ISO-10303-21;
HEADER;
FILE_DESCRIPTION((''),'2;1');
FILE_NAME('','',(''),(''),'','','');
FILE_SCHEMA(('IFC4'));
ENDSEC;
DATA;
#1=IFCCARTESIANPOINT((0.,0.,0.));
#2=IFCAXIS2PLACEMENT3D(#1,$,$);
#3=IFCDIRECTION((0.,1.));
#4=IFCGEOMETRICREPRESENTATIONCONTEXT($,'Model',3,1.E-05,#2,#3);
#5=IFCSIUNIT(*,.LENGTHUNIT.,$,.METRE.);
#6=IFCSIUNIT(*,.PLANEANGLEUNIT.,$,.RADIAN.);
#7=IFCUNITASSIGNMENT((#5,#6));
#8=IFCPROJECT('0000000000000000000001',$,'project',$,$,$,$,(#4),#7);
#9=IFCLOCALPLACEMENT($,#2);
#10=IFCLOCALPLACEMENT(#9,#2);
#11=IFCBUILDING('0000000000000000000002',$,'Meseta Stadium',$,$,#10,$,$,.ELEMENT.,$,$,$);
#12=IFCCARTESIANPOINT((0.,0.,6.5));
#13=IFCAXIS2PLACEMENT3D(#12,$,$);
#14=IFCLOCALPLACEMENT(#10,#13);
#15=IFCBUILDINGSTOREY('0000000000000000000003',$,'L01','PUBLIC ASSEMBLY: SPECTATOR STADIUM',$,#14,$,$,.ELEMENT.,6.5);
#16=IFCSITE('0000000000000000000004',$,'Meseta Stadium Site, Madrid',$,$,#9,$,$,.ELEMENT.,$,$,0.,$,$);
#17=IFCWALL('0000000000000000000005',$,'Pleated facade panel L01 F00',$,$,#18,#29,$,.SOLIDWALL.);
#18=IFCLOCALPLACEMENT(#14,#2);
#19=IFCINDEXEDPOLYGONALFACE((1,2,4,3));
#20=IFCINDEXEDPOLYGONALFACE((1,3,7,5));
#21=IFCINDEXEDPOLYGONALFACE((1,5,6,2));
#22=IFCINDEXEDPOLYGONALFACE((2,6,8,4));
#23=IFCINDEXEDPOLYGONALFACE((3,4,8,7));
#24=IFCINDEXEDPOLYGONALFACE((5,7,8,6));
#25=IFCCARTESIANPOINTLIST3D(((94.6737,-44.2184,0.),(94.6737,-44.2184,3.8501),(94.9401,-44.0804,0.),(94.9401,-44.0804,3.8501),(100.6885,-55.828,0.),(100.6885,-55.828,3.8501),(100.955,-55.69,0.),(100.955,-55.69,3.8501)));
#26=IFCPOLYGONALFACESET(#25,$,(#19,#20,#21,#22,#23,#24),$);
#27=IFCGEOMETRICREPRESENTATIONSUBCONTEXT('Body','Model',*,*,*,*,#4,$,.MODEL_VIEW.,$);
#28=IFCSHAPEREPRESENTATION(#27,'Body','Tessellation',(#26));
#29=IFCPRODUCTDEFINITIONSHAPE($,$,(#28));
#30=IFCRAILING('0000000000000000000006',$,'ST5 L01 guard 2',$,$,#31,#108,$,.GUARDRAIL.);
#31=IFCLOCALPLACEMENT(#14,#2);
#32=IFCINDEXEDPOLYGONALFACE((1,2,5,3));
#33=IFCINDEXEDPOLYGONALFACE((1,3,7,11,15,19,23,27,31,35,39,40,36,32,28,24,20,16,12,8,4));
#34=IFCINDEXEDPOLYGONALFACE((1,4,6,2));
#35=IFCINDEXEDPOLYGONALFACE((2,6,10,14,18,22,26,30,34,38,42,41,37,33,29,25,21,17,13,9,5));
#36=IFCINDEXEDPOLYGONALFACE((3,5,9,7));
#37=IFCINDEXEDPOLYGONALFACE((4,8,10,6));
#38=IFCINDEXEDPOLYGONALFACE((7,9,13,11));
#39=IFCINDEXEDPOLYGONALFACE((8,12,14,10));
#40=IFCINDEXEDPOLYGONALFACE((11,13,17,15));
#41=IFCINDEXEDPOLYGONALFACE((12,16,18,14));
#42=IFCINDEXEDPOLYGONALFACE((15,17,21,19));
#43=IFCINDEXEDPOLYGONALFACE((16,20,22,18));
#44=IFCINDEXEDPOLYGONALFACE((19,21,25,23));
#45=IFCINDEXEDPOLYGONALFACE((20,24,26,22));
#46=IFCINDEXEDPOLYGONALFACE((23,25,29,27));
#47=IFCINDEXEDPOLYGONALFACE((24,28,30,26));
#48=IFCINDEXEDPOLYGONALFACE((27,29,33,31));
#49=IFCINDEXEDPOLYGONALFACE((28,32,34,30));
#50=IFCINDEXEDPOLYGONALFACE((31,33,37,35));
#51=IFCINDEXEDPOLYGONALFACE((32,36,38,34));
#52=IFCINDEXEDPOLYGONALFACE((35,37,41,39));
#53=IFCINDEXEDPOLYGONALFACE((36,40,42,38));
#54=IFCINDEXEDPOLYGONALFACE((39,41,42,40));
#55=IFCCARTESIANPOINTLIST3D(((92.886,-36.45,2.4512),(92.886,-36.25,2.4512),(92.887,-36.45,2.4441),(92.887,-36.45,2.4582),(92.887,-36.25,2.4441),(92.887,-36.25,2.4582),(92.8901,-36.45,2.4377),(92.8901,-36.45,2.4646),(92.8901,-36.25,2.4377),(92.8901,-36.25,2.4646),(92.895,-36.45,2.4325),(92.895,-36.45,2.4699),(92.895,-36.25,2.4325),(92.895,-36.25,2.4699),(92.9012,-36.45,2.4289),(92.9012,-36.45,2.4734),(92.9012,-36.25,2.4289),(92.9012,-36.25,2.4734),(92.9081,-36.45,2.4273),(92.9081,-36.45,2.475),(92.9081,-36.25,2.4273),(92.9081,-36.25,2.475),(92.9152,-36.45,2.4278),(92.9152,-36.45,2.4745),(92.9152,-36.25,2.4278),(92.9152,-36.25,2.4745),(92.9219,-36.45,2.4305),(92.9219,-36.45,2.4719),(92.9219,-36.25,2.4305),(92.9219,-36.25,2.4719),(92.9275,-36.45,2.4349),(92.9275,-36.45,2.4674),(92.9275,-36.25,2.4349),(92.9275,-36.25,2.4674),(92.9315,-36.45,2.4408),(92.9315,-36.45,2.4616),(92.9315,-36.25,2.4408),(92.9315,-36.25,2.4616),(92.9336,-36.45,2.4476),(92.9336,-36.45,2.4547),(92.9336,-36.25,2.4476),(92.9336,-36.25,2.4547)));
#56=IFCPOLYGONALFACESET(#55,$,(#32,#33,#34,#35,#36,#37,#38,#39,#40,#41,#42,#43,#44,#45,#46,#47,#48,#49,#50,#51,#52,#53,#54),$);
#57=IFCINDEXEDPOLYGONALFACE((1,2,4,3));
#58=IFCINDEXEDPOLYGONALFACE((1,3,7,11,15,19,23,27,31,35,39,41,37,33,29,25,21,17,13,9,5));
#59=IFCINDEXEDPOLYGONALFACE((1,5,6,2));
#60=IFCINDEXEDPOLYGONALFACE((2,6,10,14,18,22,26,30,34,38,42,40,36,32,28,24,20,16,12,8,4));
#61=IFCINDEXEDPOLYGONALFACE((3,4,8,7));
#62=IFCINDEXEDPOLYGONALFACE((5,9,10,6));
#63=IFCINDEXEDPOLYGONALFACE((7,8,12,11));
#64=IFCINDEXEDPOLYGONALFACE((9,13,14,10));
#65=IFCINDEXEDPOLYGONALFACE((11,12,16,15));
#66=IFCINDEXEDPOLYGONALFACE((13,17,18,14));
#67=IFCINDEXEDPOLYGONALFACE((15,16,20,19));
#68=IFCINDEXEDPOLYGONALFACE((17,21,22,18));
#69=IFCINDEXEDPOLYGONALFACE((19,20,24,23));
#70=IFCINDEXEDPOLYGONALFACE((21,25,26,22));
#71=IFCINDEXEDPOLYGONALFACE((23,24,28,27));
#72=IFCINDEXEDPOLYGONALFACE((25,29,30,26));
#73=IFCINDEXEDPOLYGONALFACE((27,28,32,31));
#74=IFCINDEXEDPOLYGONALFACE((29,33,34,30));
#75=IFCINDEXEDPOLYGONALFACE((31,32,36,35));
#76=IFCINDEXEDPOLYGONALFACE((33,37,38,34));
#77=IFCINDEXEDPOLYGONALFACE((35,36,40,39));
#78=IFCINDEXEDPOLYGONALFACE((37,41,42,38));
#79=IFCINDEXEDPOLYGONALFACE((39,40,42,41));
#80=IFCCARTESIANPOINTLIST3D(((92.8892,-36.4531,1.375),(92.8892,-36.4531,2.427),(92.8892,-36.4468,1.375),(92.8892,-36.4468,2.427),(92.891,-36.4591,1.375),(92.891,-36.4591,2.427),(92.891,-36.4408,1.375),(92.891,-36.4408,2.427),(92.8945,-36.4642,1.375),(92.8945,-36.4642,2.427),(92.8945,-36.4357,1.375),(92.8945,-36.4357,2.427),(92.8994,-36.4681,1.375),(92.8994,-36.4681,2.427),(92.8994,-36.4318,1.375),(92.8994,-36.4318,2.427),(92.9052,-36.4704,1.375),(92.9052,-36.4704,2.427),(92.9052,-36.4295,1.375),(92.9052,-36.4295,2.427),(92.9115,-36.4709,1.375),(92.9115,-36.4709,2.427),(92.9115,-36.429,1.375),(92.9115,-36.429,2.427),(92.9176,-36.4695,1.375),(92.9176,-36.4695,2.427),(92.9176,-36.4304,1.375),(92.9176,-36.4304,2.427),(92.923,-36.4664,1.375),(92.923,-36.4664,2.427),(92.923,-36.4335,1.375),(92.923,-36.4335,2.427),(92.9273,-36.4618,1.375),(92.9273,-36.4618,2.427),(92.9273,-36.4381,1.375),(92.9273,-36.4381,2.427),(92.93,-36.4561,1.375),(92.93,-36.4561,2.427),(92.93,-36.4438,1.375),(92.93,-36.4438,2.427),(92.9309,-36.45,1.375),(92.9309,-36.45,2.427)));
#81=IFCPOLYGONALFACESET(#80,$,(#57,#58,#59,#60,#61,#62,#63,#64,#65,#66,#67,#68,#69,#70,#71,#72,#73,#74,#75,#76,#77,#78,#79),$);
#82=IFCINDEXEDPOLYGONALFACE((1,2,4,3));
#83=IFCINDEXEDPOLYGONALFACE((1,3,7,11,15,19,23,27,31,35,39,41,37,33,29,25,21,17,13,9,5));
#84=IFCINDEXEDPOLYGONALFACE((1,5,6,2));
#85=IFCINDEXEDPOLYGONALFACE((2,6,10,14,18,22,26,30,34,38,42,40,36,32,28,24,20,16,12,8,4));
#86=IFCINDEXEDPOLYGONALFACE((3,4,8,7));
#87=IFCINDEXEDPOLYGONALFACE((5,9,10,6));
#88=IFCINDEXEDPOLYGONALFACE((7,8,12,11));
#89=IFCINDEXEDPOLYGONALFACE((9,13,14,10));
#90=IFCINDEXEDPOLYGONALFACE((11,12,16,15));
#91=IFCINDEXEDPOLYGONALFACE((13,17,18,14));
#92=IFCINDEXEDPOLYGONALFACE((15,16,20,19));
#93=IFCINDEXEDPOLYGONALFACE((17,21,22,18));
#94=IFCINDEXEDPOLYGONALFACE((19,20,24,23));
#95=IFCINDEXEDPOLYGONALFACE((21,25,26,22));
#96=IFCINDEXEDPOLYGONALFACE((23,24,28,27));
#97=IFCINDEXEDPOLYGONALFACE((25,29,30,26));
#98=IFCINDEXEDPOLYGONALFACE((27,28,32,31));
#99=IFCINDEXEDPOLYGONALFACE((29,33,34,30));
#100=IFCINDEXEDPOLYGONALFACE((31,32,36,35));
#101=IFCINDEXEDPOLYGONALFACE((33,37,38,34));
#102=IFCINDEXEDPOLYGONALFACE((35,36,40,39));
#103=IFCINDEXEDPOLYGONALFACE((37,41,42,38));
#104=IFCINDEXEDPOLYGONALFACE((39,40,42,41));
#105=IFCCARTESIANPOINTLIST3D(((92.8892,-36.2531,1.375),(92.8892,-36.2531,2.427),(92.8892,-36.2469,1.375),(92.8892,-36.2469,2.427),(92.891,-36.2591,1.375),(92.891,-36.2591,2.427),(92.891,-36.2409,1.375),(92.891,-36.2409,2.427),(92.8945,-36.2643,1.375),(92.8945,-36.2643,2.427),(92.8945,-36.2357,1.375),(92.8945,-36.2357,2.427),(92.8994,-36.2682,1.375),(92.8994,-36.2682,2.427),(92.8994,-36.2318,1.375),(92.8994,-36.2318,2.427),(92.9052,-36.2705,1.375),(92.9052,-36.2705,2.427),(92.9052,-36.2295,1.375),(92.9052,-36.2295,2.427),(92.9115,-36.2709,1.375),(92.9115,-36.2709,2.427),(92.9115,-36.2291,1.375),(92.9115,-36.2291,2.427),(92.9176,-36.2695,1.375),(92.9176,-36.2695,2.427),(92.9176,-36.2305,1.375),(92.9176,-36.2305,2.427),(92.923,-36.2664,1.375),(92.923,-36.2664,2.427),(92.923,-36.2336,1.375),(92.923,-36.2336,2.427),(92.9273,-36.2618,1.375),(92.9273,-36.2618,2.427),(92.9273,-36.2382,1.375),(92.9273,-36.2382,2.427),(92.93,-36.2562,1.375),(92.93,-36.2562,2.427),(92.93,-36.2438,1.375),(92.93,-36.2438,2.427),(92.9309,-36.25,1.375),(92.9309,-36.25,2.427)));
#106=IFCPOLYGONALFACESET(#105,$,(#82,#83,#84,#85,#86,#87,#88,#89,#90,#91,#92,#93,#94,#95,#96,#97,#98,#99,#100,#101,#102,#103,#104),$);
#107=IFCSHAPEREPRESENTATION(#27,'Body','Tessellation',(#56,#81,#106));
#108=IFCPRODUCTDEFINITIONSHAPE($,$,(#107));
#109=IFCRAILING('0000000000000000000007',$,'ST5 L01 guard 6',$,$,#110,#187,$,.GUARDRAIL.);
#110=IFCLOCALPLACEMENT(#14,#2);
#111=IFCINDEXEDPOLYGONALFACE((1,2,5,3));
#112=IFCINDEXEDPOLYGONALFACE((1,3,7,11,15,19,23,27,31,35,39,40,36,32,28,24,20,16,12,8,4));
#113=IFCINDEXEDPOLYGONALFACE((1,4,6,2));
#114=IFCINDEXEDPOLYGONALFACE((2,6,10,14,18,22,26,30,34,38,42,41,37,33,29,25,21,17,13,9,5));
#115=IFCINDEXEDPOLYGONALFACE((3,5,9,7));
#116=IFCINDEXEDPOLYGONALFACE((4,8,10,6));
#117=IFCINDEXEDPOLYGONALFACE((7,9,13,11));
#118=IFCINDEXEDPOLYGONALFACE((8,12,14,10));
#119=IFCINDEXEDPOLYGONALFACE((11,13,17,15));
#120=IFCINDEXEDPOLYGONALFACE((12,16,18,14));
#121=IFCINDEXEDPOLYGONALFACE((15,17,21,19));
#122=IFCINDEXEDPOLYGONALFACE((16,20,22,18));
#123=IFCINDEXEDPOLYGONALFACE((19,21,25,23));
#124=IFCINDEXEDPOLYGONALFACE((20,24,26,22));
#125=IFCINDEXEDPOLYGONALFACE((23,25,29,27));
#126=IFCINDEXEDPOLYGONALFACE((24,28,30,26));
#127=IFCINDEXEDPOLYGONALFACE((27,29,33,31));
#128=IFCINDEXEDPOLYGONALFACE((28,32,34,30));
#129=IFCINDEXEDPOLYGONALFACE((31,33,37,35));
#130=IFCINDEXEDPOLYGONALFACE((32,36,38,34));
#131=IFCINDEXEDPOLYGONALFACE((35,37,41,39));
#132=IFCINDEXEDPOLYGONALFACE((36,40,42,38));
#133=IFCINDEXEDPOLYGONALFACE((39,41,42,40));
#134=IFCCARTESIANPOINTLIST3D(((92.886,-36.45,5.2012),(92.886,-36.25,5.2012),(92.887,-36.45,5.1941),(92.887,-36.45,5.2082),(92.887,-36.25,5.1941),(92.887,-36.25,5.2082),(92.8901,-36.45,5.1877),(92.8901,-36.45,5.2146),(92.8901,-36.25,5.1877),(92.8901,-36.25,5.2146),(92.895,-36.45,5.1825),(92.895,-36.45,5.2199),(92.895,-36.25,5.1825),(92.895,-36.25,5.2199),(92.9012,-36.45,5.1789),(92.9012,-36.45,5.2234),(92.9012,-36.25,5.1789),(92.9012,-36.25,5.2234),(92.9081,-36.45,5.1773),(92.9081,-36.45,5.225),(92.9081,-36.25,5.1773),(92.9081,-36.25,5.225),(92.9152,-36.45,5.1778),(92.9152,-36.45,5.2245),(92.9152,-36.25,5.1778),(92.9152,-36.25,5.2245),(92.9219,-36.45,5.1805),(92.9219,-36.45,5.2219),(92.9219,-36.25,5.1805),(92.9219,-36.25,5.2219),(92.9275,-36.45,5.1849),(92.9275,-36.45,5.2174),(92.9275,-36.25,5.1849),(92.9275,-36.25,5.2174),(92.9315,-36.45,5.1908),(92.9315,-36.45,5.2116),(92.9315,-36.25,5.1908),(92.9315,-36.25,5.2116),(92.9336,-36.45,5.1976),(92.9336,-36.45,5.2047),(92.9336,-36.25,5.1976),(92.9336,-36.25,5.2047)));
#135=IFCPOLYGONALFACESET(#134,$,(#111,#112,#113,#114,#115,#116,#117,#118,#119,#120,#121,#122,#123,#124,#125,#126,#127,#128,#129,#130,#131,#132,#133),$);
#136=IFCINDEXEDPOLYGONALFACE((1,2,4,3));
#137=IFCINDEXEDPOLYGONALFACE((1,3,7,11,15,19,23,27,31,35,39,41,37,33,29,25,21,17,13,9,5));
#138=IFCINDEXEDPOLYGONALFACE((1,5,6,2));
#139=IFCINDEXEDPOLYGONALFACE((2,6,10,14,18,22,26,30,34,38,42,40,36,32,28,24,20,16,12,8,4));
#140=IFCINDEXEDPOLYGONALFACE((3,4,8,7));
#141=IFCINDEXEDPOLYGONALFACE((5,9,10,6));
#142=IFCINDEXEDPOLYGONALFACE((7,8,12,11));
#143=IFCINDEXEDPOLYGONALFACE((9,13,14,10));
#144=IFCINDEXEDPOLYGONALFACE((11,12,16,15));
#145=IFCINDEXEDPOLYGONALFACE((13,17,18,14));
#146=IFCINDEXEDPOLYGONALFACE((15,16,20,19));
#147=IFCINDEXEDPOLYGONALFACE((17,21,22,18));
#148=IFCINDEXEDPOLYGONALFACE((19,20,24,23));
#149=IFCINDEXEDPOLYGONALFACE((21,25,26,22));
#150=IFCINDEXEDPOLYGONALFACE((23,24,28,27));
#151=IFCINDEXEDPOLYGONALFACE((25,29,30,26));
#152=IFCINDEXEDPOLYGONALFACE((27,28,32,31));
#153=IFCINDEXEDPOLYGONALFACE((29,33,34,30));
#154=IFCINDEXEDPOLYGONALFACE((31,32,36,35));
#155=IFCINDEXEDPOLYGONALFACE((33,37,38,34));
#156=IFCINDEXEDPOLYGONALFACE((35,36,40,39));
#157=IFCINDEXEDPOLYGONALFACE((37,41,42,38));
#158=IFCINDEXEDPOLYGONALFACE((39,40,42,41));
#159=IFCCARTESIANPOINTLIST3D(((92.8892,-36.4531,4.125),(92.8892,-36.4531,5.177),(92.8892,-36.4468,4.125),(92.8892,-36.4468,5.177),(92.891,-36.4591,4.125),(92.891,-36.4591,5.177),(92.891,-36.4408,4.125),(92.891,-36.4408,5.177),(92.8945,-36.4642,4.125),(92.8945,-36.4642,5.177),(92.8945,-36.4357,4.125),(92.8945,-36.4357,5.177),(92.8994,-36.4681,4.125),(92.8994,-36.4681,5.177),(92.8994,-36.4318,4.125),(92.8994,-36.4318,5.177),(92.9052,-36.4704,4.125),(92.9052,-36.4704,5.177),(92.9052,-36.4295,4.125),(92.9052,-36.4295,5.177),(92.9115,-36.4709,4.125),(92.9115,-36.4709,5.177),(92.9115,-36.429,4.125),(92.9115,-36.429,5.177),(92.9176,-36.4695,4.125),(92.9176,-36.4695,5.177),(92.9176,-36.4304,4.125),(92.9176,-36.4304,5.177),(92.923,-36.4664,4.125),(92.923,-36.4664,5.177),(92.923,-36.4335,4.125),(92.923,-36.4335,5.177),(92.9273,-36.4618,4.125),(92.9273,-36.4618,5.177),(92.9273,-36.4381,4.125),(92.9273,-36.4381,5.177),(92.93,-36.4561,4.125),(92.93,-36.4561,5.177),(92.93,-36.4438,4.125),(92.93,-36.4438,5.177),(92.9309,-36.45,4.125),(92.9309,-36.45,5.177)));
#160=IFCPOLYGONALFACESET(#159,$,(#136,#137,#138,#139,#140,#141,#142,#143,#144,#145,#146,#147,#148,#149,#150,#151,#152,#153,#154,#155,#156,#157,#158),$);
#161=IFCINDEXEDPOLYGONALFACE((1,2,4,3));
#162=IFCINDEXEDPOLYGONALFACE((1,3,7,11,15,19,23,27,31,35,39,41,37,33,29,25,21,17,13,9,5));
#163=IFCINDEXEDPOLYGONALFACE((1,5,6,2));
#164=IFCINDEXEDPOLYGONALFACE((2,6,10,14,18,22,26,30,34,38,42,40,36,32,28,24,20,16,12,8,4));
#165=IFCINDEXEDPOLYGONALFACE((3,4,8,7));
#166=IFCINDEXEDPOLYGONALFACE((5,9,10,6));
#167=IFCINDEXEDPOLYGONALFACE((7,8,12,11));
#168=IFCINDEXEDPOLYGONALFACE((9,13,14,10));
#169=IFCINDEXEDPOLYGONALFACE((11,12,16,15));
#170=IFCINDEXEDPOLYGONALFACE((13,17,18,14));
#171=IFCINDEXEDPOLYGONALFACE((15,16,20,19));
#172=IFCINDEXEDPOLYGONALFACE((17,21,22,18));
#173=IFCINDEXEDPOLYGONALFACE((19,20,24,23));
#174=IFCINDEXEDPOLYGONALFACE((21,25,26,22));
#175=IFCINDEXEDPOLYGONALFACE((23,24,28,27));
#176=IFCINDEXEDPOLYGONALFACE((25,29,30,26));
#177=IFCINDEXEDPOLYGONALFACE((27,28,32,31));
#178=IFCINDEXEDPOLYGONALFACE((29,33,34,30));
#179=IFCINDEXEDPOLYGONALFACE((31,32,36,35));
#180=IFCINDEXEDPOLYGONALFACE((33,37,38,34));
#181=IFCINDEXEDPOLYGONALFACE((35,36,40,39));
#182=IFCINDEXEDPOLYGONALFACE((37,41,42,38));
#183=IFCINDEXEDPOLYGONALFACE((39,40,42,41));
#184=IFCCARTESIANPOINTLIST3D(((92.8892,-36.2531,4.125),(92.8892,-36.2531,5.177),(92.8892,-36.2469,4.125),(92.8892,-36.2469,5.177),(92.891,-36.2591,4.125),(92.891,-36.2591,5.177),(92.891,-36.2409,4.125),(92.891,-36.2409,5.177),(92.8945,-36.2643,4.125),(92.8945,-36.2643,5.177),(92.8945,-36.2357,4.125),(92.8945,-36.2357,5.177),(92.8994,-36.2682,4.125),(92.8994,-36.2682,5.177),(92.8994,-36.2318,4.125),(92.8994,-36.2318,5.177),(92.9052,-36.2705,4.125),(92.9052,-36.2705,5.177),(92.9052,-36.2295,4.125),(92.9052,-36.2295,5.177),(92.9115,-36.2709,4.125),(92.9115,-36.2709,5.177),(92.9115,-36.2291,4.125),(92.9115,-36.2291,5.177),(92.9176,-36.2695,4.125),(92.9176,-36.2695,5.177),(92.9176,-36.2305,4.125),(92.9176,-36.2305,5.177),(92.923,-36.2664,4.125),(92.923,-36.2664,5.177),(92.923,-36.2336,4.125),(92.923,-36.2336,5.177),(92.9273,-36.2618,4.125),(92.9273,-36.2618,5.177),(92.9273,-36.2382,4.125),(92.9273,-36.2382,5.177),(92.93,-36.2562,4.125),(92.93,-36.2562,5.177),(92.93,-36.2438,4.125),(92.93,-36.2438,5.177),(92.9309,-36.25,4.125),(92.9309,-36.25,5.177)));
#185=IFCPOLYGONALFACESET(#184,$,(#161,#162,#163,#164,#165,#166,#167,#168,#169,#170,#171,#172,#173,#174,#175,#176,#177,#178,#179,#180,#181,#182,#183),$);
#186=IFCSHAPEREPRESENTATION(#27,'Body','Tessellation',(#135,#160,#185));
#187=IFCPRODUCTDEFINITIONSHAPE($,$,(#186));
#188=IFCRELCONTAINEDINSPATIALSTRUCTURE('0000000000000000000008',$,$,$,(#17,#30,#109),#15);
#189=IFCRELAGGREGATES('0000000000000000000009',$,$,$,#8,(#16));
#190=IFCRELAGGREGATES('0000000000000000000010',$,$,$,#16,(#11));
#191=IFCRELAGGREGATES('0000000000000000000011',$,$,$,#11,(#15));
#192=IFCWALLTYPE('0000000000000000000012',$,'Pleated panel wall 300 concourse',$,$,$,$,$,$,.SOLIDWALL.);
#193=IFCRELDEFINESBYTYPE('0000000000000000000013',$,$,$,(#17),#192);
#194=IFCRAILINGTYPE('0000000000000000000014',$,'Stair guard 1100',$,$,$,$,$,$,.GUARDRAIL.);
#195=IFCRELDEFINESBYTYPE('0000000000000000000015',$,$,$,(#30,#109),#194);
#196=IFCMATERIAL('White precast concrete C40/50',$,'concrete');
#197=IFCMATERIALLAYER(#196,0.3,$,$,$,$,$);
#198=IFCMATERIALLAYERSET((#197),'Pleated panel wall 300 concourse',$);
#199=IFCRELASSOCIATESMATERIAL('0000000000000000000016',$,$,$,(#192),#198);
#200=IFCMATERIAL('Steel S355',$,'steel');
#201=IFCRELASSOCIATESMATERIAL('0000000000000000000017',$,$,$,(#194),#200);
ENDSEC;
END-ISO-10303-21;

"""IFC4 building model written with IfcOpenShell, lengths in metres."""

from ifc_helpers import new_model, si_unit, direction, frame, frame_2d, origin, origin_2d, place, context, subcontext, project, spatial, rectangle, circle, extrude, material, layer, layer_set, type_object, element, save


model = new_model("IFC4")

# Units and contexts
model_context = context("Model", 3, precision=1e-05, world=origin(), true_north=direction((0.0, 1.0)))
body_context = subcontext(model_context, "Body", "Model", "MODEL_VIEW")
ifc_project = project(units=[si_unit("LENGTHUNIT", "METRE"), si_unit("PLANEANGLEUNIT", "RADIAN")], contexts=[model_context])

# Site, building, storey
site_placement = place(None, origin())
site = spatial("IfcSite", under=ifc_project, at=site_placement, Name="Meseta Stadium Site, Madrid", CompositionType="ELEMENT", RefElevation=0.0)
building_placement = place(site_placement, origin())
building = spatial("IfcBuilding", under=site, at=building_placement, Name="Meseta Stadium", CompositionType="ELEMENT")
storey_placement = place(building_placement, frame((0.0, 0.0, 6.5)))
storey = spatial("IfcBuildingStorey", under=building, at=storey_placement, Name="L01", Description="PUBLIC ASSEMBLY: SPECTATOR STADIUM", CompositionType="ELEMENT", Elevation=6.5)

# Wall
ifc_material_1 = material(Name="White precast concrete C40/50", Category="concrete")
ifc_layer_1 = layer(ifc_material_1, 0.3)
ifc_layer_set_1 = layer_set([ifc_layer_1], Name="Pleated panel wall 300 concourse")
wall_type_1 = type_object("IfcWallType", Name="Pleated panel wall 300 concourse", PredefinedType="SOLIDWALL", material=ifc_layer_set_1)
wall_1_placement = place(storey_placement, frame((94.8069, -44.1494, 0.0), z_axis=(0.0, 0.0, 1.0), x_axis=(0.460021, -0.887908, 0.0)))
element("IfcWall", 1, at=wall_1_placement, inside=storey, type_object=wall_type_1, Name="Pleated facade panel L01 F00", PredefinedType="SOLIDWALL", context=body_context, shape_type="SweptSolid", body=[
    extrude(rectangle(XDim=13.0752, YDim=0.3, at=frame_2d((6.5376, 0.0))), origin(), (0.0, 0.0, 1.0), 3.8501),
])

# Railings
ifc_material_2 = material(Name="Steel S355", Category="steel")
railing_type_1 = type_object("IfcRailingType", Name="Stair guard 1100", PredefinedType="GUARDRAIL", material=ifc_material_2)
for number, where, name in (
    (2, (92.9099, -36.45, 1.375), "ST5 L01 guard 2"),
    (3, (92.9099, -36.45, 4.125), "ST5 L01 guard 6"),
):
    element("IfcRailing", number, at=place(storey_placement, frame(where)), inside=storey, type_object=railing_type_1, Name=name, PredefinedType="GUARDRAIL", context=body_context, shape_type="SweptSolid", body=[
        extrude(circle(Radius=0.0239, at=origin_2d()), frame((0.0, 0.0, 1.0762), z_axis=(0.0, 1.0, 0.0), x_axis=(-1.0, 0.0, 0.0)), (0.0, 0.0, 1.0), 0.2),
        extrude(circle(Radius=0.021, at=origin_2d()), origin(), (0.0, 0.0, 1.0), 1.052),
        extrude(circle(Radius=0.021, at=origin_2d()), frame((0.0, 0.2, 0.0)), (0.0, 0.0, 1.0), 1.052),
    ])

save(model, "model.ifc")
